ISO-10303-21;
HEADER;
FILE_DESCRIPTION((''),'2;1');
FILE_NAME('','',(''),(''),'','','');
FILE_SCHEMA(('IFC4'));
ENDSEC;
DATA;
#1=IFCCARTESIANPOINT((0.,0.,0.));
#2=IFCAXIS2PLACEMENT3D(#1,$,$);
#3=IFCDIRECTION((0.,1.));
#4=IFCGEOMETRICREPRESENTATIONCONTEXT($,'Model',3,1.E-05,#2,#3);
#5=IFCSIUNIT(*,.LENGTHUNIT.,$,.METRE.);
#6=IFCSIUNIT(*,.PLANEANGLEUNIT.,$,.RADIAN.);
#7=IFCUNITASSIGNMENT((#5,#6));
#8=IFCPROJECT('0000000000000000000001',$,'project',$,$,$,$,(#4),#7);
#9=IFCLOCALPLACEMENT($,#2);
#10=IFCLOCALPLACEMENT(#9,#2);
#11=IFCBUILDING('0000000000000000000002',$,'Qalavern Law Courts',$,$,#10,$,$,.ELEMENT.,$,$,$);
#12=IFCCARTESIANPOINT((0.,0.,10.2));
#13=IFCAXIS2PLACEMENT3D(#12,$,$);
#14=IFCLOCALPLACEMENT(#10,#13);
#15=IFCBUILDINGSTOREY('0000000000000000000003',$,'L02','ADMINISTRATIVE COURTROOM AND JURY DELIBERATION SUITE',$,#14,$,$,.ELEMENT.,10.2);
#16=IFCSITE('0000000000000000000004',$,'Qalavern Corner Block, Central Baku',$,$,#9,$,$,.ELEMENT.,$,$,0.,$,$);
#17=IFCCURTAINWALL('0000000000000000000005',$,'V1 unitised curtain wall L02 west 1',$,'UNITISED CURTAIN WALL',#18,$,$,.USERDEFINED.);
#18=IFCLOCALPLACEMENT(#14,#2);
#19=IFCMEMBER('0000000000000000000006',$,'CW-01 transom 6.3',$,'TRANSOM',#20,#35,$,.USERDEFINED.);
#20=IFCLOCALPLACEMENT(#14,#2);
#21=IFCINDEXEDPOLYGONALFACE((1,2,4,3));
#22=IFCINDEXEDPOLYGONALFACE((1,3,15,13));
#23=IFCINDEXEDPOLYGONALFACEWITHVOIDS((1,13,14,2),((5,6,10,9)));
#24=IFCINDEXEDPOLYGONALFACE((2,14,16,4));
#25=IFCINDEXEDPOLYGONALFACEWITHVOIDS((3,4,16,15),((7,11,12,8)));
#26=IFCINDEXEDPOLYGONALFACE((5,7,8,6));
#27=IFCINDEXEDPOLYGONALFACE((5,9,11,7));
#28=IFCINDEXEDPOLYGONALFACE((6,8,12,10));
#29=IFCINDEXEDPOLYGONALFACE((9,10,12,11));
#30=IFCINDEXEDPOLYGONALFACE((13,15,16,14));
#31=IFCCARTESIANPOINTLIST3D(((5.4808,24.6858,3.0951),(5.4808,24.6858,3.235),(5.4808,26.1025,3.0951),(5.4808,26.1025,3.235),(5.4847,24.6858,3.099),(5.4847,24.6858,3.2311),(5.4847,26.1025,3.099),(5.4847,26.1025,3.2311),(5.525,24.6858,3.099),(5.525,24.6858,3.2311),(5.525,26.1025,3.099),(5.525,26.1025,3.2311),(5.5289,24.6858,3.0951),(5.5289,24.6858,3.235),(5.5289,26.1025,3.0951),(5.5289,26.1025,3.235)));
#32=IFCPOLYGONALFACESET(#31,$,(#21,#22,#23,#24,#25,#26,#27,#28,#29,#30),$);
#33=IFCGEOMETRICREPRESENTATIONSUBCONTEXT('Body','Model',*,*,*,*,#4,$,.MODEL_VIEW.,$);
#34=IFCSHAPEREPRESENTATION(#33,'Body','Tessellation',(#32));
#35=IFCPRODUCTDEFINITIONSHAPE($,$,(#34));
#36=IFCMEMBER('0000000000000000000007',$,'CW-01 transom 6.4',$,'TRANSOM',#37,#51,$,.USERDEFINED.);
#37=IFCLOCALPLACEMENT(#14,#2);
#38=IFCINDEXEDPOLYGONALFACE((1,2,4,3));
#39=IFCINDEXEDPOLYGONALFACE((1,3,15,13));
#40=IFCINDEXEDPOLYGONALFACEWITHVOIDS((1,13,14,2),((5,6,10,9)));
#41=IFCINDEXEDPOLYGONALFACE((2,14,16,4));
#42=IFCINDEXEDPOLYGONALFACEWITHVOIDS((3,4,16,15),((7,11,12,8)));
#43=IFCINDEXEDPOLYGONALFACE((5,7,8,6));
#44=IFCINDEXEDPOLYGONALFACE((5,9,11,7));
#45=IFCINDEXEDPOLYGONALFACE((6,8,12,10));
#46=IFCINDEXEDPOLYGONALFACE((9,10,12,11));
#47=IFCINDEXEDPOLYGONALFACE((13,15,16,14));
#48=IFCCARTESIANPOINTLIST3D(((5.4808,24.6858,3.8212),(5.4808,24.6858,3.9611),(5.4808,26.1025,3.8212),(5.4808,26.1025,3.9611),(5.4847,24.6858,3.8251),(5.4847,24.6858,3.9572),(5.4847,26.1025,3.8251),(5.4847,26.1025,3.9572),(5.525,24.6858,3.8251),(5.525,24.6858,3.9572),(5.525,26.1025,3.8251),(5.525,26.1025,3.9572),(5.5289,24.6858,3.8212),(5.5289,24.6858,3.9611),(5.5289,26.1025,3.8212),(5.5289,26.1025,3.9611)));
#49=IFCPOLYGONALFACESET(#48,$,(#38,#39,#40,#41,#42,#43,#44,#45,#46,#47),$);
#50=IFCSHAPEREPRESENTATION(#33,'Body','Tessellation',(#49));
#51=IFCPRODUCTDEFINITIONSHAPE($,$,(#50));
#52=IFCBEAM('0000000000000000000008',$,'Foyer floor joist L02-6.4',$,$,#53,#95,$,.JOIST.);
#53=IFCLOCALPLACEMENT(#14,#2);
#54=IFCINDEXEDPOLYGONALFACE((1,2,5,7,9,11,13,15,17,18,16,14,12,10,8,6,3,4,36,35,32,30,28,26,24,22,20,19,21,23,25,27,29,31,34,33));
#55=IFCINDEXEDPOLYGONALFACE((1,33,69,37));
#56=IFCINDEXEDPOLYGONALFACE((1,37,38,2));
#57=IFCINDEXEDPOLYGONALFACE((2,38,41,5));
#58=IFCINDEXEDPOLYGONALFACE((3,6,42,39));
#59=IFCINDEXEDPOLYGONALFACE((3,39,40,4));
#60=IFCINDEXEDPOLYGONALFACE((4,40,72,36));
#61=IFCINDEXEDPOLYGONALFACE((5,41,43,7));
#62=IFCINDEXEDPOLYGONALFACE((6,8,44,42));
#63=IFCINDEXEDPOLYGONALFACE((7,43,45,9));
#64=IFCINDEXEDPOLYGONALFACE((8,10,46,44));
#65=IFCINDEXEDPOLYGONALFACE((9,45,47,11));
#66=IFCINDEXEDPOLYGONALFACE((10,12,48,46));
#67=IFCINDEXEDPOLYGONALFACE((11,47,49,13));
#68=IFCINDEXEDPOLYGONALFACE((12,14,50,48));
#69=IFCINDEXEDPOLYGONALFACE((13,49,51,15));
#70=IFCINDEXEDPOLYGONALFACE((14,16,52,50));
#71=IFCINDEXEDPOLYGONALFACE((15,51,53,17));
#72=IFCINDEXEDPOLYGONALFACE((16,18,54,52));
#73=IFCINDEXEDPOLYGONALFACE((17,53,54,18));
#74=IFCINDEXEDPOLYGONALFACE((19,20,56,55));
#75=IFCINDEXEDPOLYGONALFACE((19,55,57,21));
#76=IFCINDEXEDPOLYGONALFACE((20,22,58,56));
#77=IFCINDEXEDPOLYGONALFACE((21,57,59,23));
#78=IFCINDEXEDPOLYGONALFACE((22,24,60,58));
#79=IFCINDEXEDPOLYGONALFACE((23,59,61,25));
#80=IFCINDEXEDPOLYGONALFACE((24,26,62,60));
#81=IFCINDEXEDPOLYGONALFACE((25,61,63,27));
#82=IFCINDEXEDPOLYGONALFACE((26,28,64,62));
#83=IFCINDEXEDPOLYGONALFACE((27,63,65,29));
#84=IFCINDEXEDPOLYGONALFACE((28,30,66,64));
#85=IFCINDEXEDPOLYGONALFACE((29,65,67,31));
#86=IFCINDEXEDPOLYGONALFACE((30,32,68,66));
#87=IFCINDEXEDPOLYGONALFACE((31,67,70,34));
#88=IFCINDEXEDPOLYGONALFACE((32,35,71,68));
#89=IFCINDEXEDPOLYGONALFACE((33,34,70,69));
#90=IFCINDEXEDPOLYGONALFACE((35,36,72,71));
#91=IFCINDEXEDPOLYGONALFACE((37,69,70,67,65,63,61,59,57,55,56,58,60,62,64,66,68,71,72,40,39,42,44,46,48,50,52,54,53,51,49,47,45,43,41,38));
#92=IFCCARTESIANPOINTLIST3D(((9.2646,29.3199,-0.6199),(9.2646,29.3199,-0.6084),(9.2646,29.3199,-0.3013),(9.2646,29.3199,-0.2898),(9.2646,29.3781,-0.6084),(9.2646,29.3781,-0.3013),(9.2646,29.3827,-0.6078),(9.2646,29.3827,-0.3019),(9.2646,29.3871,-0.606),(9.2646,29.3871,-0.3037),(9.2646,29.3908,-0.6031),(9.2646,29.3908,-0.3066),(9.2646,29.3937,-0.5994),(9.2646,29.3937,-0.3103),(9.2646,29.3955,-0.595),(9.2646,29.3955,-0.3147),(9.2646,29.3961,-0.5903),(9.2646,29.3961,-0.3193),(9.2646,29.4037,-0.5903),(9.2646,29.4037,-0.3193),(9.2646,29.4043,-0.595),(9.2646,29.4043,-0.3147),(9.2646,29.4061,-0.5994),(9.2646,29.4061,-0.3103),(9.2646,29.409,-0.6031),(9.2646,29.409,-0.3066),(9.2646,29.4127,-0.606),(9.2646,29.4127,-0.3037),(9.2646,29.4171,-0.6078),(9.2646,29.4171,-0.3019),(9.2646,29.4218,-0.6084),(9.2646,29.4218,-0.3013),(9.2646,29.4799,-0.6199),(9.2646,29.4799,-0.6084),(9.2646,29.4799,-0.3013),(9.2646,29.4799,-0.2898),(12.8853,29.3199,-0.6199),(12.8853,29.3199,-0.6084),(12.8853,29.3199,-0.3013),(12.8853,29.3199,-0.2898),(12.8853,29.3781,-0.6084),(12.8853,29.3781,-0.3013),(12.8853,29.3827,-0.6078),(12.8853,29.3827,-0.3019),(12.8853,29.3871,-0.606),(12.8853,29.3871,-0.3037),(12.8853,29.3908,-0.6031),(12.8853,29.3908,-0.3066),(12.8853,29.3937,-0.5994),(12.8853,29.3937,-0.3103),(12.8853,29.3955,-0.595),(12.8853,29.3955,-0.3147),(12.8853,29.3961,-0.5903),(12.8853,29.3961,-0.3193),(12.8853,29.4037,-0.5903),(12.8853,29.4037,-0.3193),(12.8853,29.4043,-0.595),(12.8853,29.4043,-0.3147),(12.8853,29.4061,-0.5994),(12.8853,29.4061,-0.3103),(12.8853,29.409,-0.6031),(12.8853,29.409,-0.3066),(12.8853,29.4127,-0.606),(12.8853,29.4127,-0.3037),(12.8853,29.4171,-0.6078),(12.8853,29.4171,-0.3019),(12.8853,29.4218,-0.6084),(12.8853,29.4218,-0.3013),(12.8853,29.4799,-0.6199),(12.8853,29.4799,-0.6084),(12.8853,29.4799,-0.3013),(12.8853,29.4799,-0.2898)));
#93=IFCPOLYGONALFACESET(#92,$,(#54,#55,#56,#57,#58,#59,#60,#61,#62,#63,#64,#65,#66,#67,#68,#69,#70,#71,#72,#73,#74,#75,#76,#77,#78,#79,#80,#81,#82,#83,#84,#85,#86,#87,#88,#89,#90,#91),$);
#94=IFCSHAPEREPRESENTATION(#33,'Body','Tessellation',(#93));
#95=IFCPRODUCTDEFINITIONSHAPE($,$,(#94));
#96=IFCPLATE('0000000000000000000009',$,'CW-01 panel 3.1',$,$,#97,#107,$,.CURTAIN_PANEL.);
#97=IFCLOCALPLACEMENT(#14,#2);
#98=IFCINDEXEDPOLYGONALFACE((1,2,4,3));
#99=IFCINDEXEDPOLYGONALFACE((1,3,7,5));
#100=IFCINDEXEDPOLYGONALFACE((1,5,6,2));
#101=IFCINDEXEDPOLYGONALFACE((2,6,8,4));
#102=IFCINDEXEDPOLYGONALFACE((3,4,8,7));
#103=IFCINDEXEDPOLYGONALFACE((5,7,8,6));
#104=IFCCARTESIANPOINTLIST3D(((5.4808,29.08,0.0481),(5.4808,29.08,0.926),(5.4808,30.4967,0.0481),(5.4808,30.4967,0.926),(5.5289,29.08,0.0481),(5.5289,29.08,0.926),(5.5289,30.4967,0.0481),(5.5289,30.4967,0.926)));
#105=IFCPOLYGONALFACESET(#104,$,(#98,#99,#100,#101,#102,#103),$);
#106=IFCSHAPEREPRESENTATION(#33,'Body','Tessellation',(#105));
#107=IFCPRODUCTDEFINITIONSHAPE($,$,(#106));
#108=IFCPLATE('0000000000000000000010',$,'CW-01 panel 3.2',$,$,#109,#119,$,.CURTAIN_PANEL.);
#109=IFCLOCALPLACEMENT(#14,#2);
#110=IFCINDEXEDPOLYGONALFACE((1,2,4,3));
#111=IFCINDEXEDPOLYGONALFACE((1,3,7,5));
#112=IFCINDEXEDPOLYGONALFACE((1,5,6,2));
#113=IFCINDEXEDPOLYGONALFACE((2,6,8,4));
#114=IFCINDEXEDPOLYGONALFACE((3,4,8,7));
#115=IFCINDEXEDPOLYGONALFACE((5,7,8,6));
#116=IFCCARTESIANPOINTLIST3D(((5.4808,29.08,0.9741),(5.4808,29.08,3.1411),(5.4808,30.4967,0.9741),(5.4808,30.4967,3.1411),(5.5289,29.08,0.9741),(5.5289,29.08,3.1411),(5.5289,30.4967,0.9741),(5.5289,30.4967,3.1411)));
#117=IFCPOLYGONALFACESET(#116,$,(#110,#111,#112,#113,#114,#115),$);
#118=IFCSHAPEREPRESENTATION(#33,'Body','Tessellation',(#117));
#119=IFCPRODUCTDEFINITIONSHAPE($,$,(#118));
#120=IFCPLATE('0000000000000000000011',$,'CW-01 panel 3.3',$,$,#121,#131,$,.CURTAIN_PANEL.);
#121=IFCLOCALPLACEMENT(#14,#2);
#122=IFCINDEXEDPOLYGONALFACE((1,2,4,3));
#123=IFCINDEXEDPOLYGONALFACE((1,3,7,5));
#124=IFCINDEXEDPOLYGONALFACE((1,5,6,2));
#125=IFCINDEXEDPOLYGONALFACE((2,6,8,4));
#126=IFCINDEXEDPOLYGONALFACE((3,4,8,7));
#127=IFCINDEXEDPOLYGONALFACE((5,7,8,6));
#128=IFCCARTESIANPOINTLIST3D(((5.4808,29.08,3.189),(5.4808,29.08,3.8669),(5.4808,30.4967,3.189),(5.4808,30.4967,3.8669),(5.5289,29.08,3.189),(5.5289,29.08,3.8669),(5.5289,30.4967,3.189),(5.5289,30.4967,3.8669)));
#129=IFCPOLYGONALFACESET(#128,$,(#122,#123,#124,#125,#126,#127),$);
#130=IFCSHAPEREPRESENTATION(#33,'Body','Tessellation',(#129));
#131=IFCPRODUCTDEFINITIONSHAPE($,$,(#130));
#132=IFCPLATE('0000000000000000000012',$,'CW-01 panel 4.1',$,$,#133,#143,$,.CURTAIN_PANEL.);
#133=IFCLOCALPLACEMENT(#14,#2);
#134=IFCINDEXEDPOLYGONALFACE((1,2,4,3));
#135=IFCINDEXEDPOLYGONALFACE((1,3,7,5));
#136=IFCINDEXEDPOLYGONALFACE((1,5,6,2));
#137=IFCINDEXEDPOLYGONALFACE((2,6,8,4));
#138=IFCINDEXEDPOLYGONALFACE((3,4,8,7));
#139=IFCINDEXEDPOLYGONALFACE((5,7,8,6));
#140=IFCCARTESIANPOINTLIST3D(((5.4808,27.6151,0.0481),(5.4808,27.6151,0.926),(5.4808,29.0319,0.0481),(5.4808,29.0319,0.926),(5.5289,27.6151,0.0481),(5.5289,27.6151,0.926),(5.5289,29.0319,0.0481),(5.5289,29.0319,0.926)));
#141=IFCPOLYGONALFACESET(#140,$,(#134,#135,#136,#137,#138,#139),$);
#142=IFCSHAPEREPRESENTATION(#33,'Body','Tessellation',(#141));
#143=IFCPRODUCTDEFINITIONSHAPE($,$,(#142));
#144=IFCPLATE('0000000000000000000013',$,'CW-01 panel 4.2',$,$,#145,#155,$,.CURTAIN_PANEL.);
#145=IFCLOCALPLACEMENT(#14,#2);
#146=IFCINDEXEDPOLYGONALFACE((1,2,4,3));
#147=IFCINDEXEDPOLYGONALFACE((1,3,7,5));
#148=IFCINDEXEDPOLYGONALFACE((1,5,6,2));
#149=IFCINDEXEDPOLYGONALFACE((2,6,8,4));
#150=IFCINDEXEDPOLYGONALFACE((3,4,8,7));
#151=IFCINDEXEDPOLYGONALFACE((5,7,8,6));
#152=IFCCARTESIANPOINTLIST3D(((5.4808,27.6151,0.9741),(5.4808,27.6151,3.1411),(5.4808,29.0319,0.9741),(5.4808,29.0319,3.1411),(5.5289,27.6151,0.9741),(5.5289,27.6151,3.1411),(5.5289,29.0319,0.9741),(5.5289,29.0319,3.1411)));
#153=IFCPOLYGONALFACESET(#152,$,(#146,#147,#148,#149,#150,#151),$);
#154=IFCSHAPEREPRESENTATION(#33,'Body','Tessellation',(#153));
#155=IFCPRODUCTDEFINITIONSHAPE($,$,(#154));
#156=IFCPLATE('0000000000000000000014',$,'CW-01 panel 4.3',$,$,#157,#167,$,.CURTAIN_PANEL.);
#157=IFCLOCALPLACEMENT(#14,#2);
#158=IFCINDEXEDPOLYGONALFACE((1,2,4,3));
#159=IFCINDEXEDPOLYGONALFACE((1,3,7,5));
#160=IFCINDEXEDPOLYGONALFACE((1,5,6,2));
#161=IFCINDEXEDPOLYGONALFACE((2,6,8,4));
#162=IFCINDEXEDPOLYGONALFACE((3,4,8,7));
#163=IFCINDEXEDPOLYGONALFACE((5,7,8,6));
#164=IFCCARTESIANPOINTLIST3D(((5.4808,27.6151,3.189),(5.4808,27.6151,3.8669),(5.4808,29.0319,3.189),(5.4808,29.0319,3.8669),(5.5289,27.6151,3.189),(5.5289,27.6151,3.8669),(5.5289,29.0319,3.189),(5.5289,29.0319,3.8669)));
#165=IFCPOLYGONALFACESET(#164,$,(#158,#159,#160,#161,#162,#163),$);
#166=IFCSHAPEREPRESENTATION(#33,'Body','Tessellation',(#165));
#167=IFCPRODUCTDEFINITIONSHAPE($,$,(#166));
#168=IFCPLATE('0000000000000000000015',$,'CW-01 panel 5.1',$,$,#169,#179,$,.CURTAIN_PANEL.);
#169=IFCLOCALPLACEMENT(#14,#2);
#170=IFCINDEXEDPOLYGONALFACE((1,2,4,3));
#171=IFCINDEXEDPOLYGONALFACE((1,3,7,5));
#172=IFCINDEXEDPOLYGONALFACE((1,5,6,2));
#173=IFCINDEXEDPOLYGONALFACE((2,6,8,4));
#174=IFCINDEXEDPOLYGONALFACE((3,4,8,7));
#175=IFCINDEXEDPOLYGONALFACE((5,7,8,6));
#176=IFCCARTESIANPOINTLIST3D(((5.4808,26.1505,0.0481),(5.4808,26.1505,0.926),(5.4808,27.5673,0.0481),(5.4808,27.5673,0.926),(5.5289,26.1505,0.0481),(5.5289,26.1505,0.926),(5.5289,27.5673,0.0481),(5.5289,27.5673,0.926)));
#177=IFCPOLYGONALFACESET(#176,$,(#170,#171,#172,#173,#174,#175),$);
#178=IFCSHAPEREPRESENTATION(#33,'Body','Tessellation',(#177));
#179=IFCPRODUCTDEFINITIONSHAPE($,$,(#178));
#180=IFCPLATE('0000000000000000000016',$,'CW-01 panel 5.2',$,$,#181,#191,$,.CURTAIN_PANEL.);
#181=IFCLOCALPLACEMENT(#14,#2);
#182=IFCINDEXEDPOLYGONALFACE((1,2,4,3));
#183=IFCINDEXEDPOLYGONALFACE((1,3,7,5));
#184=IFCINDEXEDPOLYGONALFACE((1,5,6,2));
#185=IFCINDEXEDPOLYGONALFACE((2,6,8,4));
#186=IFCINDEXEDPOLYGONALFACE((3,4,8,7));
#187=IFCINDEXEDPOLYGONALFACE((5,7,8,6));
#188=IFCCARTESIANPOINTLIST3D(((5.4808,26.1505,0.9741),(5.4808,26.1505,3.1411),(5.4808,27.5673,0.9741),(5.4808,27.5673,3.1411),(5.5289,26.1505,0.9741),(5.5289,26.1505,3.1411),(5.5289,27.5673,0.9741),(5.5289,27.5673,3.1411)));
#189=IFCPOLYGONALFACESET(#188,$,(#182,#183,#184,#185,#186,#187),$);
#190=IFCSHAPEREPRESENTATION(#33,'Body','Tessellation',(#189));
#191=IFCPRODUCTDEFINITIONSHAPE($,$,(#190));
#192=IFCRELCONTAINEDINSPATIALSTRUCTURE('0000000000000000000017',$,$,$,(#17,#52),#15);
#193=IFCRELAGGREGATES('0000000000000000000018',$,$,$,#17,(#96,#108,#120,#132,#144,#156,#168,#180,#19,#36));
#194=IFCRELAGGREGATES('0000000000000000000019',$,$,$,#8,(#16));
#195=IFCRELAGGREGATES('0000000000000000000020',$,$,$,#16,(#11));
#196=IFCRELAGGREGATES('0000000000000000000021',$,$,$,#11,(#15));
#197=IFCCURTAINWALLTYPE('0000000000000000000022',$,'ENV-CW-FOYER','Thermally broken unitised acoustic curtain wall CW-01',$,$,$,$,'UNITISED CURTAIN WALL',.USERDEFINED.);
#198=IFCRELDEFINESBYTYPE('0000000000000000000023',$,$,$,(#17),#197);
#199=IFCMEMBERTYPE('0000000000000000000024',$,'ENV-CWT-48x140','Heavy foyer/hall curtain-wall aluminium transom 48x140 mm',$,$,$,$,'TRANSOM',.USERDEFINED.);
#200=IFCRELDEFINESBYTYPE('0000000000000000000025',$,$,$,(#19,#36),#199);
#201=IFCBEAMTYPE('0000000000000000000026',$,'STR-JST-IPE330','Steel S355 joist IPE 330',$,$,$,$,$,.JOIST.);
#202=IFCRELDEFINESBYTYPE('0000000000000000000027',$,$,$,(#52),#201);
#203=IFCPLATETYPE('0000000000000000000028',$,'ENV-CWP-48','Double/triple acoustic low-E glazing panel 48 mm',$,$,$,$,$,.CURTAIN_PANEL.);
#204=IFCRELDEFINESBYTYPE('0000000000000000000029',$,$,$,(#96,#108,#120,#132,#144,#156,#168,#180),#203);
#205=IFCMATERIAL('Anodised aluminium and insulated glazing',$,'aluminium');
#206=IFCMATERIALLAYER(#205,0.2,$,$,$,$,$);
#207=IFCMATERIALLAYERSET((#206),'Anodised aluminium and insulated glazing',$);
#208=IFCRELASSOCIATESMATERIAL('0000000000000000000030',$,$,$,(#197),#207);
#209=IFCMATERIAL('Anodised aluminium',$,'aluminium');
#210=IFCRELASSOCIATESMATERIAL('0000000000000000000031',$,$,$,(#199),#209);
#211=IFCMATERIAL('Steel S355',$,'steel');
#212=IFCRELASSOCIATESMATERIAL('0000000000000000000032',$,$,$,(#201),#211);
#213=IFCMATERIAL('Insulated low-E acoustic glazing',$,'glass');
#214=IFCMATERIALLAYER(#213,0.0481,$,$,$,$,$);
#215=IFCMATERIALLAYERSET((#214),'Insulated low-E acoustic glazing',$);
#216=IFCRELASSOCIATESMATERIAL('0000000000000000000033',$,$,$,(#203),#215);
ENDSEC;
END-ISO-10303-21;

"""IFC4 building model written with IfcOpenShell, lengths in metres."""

from ifc_helpers import new_model, si_unit, direction, frame, origin, origin_2d, place, context, subcontext, project, spatial, rectangle, hollow_rectangle, i_section, extrude, material, layer, layer_set, material_profile, profile_set, type_object, element, aggregate, save


model = new_model("IFC4")

# Units and contexts
model_context = context("Model", 3, precision=1e-05, world=origin(), true_north=direction((0.0, 1.0)))
body_context = subcontext(model_context, "Body", "Model", "MODEL_VIEW")
ifc_project = project(units=[si_unit("LENGTHUNIT", "METRE"), si_unit("PLANEANGLEUNIT", "RADIAN")], contexts=[model_context])

# Site, building, storey
site_placement = place(None, origin())
site = spatial("IfcSite", under=ifc_project, at=site_placement, Name="Qalavern Corner Block, Central Baku", CompositionType="ELEMENT", RefElevation=0.0)
building_placement = place(site_placement, origin())
building = spatial("IfcBuilding", under=site, at=building_placement, Name="Qalavern Law Courts", CompositionType="ELEMENT")
storey_placement = place(building_placement, frame((0.0, 0.0, 10.2)))
storey = spatial("IfcBuildingStorey", under=building, at=storey_placement, Name="L02", Description="ADMINISTRATIVE COURTROOM AND JURY DELIBERATION SUITE", CompositionType="ELEMENT", Elevation=10.2)

# Curtain wall, members
ifc_material_1 = material(Name="Anodised aluminium and insulated glazing", Category="aluminium")
ifc_layer_1 = layer(ifc_material_1, 0.2)
ifc_layer_set_1 = layer_set([ifc_layer_1], Name="Anodised aluminium and insulated glazing")
curtain_wall_type = type_object("IfcCurtainWallType", Name="ENV-CW-FOYER", Description="Thermally broken unitised acoustic curtain wall CW-01", ElementType="UNITISED CURTAIN WALL", PredefinedType="USERDEFINED", material=ifc_layer_set_1)
curtain_wall_placement = place(storey_placement, origin())
curtain_wall = element("IfcCurtainWall", 1, at=curtain_wall_placement, inside=storey, type_object=curtain_wall_type, Name="V1 unitised curtain wall L02 west 1", ObjectType="UNITISED CURTAIN WALL", PredefinedType="USERDEFINED")
ifc_material_2 = material(Name="Anodised aluminium", Category="aluminium")
ifc_material_profile_1 = material_profile(ifc_material_2, hollow_rectangle(XDim=0.0481, YDim=0.1399, WallThickness=0.0039, at=origin_2d()), Name="ALU TRANSOM 48x140")
ifc_profile_set_1 = profile_set([ifc_material_profile_1], Name="Anodised aluminium")
member_type_1 = type_object("IfcMemberType", Name="ENV-CWT-48x140", Description="Heavy foyer/hall curtain-wall aluminium transom 48x140 mm", ElementType="TRANSOM", PredefinedType="USERDEFINED", material=ifc_profile_set_1)
member_1_placement = place(storey_placement, frame((5.5049, 26.1025, 3.165), z_axis=(0.0, -1.0, 0.0), x_axis=(1.0, 0.0, 0.0)))
member_1 = element("IfcMember", 2, at=member_1_placement, type_object=member_type_1, Name="CW-01 transom 6.3", ObjectType="TRANSOM", PredefinedType="USERDEFINED", context=body_context, shape_type="SweptSolid", body=[
    extrude(hollow_rectangle(XDim=0.0481, YDim=0.1399, WallThickness=0.0039, at=origin_2d()), origin(), (0.0, 0.0, 1.0), 1.4167),
])
member_2_placement = place(storey_placement, frame((5.5049, 26.1025, 3.8911), z_axis=(0.0, -1.0, 0.0), x_axis=(1.0, 0.0, 0.0)))
member_2 = element("IfcMember", 3, at=member_2_placement, type_object=member_type_1, Name="CW-01 transom 6.4", ObjectType="TRANSOM", PredefinedType="USERDEFINED", context=body_context, shape_type="SweptSolid", body=[
    extrude(hollow_rectangle(XDim=0.0481, YDim=0.1399, WallThickness=0.0039, at=origin_2d()), origin(), (0.0, 0.0, 1.0), 1.4167),
])

# Beam
ifc_material_3 = material(Name="Steel S355", Category="steel")
ifc_material_profile_2 = material_profile(ifc_material_3, i_section(OverallWidth=0.1599, OverallDepth=0.3301, WebThickness=0.0076, FlangeThickness=0.0115, FilletRadius=0.0181, at=origin_2d()), Name="IPE 330")
ifc_profile_set_2 = profile_set([ifc_material_profile_2], Name="Steel S355")
beam_type = type_object("IfcBeamType", Name="STR-JST-IPE330", Description="Steel S355 joist IPE 330", PredefinedType="JOIST", material=ifc_profile_set_2)
beam_placement = place(storey_placement, frame((9.2646, 29.3999, -0.4548), z_axis=(1.0, 0.0, 0.0), x_axis=(0.0, 1.0, 0.0)))
element("IfcBeam", 4, at=beam_placement, inside=storey, type_object=beam_type, Name="Foyer floor joist L02-6.4", PredefinedType="JOIST", context=body_context, shape_type="SweptSolid", body=[
    extrude(i_section(OverallWidth=0.1599, OverallDepth=0.3301, WebThickness=0.0076, FlangeThickness=0.0115, FilletRadius=0.0181, at=origin_2d()), origin(), (0.0, 0.0, 1.0), 3.6206),
])

# Plates
ifc_material_4 = material(Name="Insulated low-E acoustic glazing", Category="glass")
ifc_layer_2 = layer(ifc_material_4, 0.0481)
ifc_layer_set_2 = layer_set([ifc_layer_2], Name="Insulated low-E acoustic glazing")
plate_type = type_object("IfcPlateType", Name="ENV-CWP-48", Description="Double/triple acoustic low-E glazing panel 48 mm", PredefinedType="CURTAIN_PANEL", material=ifc_layer_set_2)
plate_1_placement = place(storey_placement, frame((5.5049, 29.7883, 0.0481), z_axis=(0.0, 0.0, 1.0), x_axis=(0.0, -1.0, 0.0)))
plate_1 = element("IfcPlate", 5, at=plate_1_placement, type_object=plate_type, Name="CW-01 panel 3.1", PredefinedType="CURTAIN_PANEL", context=body_context, shape_type="SweptSolid", body=[
    extrude(rectangle(XDim=1.4167, YDim=0.0481, at=origin_2d()), origin(), (0.0, 0.0, 1.0), 0.8779),
])
plate_2_placement = place(storey_placement, frame((5.5049, 29.7883, 0.9741), z_axis=(0.0, 0.0, 1.0), x_axis=(0.0, -1.0, 0.0)))
plate_2 = element("IfcPlate", 6, at=plate_2_placement, type_object=plate_type, Name="CW-01 panel 3.2", PredefinedType="CURTAIN_PANEL", context=body_context, shape_type="SweptSolid", body=[
    extrude(rectangle(XDim=1.4167, YDim=0.0481, at=origin_2d()), origin(), (0.0, 0.0, 1.0), 2.167),
])
plate_3_placement = place(storey_placement, frame((5.5049, 29.7883, 3.189), z_axis=(0.0, 0.0, 1.0), x_axis=(0.0, -1.0, 0.0)))
plate_3 = element("IfcPlate", 7, at=plate_3_placement, type_object=plate_type, Name="CW-01 panel 3.3", PredefinedType="CURTAIN_PANEL", context=body_context, shape_type="SweptSolid", body=[
    extrude(rectangle(XDim=1.4167, YDim=0.0481, at=origin_2d()), origin(), (0.0, 0.0, 1.0), 0.678),
])
plate_4_placement = place(storey_placement, frame((5.5049, 28.3235, 0.0481), z_axis=(0.0, 0.0, 1.0), x_axis=(0.0, -1.0, 0.0)))
plate_4 = element("IfcPlate", 8, at=plate_4_placement, type_object=plate_type, Name="CW-01 panel 4.1", PredefinedType="CURTAIN_PANEL", context=body_context, shape_type="SweptSolid", body=[
    extrude(rectangle(XDim=1.4167, YDim=0.0481, at=origin_2d()), origin(), (0.0, 0.0, 1.0), 0.8779),
])
plate_5_placement = place(storey_placement, frame((5.5049, 28.3235, 0.9741), z_axis=(0.0, 0.0, 1.0), x_axis=(0.0, -1.0, 0.0)))
plate_5 = element("IfcPlate", 9, at=plate_5_placement, type_object=plate_type, Name="CW-01 panel 4.2", PredefinedType="CURTAIN_PANEL", context=body_context, shape_type="SweptSolid", body=[
    extrude(rectangle(XDim=1.4167, YDim=0.0481, at=origin_2d()), origin(), (0.0, 0.0, 1.0), 2.167),
])
plate_6_placement = place(storey_placement, frame((5.5049, 28.3235, 3.189), z_axis=(0.0, 0.0, 1.0), x_axis=(0.0, -1.0, 0.0)))
plate_6 = element("IfcPlate", 10, at=plate_6_placement, type_object=plate_type, Name="CW-01 panel 4.3", PredefinedType="CURTAIN_PANEL", context=body_context, shape_type="SweptSolid", body=[
    extrude(rectangle(XDim=1.4167, YDim=0.0481, at=origin_2d()), origin(), (0.0, 0.0, 1.0), 0.678),
])
plate_7_placement = place(storey_placement, frame((5.5049, 26.8589, 0.0481), z_axis=(0.0, 0.0, 1.0), x_axis=(0.0, -1.0, 0.0)))
plate_7 = element("IfcPlate", 11, at=plate_7_placement, type_object=plate_type, Name="CW-01 panel 5.1", PredefinedType="CURTAIN_PANEL", context=body_context, shape_type="SweptSolid", body=[
    extrude(rectangle(XDim=1.4167, YDim=0.0481, at=origin_2d()), origin(), (0.0, 0.0, 1.0), 0.8779),
])
plate_8_placement = place(storey_placement, frame((5.5049, 26.8589, 0.9741), z_axis=(0.0, 0.0, 1.0), x_axis=(0.0, -1.0, 0.0)))
plate_8 = element("IfcPlate", 12, at=plate_8_placement, type_object=plate_type, Name="CW-01 panel 5.2", PredefinedType="CURTAIN_PANEL", context=body_context, shape_type="SweptSolid", body=[
    extrude(rectangle(XDim=1.4167, YDim=0.0481, at=origin_2d()), origin(), (0.0, 0.0, 1.0), 2.167),
])
aggregate(curtain_wall, [plate_1, plate_2, plate_3, plate_4, plate_5, plate_6, plate_7, plate_8, member_1, member_2])

save(model, "model.ifc")
